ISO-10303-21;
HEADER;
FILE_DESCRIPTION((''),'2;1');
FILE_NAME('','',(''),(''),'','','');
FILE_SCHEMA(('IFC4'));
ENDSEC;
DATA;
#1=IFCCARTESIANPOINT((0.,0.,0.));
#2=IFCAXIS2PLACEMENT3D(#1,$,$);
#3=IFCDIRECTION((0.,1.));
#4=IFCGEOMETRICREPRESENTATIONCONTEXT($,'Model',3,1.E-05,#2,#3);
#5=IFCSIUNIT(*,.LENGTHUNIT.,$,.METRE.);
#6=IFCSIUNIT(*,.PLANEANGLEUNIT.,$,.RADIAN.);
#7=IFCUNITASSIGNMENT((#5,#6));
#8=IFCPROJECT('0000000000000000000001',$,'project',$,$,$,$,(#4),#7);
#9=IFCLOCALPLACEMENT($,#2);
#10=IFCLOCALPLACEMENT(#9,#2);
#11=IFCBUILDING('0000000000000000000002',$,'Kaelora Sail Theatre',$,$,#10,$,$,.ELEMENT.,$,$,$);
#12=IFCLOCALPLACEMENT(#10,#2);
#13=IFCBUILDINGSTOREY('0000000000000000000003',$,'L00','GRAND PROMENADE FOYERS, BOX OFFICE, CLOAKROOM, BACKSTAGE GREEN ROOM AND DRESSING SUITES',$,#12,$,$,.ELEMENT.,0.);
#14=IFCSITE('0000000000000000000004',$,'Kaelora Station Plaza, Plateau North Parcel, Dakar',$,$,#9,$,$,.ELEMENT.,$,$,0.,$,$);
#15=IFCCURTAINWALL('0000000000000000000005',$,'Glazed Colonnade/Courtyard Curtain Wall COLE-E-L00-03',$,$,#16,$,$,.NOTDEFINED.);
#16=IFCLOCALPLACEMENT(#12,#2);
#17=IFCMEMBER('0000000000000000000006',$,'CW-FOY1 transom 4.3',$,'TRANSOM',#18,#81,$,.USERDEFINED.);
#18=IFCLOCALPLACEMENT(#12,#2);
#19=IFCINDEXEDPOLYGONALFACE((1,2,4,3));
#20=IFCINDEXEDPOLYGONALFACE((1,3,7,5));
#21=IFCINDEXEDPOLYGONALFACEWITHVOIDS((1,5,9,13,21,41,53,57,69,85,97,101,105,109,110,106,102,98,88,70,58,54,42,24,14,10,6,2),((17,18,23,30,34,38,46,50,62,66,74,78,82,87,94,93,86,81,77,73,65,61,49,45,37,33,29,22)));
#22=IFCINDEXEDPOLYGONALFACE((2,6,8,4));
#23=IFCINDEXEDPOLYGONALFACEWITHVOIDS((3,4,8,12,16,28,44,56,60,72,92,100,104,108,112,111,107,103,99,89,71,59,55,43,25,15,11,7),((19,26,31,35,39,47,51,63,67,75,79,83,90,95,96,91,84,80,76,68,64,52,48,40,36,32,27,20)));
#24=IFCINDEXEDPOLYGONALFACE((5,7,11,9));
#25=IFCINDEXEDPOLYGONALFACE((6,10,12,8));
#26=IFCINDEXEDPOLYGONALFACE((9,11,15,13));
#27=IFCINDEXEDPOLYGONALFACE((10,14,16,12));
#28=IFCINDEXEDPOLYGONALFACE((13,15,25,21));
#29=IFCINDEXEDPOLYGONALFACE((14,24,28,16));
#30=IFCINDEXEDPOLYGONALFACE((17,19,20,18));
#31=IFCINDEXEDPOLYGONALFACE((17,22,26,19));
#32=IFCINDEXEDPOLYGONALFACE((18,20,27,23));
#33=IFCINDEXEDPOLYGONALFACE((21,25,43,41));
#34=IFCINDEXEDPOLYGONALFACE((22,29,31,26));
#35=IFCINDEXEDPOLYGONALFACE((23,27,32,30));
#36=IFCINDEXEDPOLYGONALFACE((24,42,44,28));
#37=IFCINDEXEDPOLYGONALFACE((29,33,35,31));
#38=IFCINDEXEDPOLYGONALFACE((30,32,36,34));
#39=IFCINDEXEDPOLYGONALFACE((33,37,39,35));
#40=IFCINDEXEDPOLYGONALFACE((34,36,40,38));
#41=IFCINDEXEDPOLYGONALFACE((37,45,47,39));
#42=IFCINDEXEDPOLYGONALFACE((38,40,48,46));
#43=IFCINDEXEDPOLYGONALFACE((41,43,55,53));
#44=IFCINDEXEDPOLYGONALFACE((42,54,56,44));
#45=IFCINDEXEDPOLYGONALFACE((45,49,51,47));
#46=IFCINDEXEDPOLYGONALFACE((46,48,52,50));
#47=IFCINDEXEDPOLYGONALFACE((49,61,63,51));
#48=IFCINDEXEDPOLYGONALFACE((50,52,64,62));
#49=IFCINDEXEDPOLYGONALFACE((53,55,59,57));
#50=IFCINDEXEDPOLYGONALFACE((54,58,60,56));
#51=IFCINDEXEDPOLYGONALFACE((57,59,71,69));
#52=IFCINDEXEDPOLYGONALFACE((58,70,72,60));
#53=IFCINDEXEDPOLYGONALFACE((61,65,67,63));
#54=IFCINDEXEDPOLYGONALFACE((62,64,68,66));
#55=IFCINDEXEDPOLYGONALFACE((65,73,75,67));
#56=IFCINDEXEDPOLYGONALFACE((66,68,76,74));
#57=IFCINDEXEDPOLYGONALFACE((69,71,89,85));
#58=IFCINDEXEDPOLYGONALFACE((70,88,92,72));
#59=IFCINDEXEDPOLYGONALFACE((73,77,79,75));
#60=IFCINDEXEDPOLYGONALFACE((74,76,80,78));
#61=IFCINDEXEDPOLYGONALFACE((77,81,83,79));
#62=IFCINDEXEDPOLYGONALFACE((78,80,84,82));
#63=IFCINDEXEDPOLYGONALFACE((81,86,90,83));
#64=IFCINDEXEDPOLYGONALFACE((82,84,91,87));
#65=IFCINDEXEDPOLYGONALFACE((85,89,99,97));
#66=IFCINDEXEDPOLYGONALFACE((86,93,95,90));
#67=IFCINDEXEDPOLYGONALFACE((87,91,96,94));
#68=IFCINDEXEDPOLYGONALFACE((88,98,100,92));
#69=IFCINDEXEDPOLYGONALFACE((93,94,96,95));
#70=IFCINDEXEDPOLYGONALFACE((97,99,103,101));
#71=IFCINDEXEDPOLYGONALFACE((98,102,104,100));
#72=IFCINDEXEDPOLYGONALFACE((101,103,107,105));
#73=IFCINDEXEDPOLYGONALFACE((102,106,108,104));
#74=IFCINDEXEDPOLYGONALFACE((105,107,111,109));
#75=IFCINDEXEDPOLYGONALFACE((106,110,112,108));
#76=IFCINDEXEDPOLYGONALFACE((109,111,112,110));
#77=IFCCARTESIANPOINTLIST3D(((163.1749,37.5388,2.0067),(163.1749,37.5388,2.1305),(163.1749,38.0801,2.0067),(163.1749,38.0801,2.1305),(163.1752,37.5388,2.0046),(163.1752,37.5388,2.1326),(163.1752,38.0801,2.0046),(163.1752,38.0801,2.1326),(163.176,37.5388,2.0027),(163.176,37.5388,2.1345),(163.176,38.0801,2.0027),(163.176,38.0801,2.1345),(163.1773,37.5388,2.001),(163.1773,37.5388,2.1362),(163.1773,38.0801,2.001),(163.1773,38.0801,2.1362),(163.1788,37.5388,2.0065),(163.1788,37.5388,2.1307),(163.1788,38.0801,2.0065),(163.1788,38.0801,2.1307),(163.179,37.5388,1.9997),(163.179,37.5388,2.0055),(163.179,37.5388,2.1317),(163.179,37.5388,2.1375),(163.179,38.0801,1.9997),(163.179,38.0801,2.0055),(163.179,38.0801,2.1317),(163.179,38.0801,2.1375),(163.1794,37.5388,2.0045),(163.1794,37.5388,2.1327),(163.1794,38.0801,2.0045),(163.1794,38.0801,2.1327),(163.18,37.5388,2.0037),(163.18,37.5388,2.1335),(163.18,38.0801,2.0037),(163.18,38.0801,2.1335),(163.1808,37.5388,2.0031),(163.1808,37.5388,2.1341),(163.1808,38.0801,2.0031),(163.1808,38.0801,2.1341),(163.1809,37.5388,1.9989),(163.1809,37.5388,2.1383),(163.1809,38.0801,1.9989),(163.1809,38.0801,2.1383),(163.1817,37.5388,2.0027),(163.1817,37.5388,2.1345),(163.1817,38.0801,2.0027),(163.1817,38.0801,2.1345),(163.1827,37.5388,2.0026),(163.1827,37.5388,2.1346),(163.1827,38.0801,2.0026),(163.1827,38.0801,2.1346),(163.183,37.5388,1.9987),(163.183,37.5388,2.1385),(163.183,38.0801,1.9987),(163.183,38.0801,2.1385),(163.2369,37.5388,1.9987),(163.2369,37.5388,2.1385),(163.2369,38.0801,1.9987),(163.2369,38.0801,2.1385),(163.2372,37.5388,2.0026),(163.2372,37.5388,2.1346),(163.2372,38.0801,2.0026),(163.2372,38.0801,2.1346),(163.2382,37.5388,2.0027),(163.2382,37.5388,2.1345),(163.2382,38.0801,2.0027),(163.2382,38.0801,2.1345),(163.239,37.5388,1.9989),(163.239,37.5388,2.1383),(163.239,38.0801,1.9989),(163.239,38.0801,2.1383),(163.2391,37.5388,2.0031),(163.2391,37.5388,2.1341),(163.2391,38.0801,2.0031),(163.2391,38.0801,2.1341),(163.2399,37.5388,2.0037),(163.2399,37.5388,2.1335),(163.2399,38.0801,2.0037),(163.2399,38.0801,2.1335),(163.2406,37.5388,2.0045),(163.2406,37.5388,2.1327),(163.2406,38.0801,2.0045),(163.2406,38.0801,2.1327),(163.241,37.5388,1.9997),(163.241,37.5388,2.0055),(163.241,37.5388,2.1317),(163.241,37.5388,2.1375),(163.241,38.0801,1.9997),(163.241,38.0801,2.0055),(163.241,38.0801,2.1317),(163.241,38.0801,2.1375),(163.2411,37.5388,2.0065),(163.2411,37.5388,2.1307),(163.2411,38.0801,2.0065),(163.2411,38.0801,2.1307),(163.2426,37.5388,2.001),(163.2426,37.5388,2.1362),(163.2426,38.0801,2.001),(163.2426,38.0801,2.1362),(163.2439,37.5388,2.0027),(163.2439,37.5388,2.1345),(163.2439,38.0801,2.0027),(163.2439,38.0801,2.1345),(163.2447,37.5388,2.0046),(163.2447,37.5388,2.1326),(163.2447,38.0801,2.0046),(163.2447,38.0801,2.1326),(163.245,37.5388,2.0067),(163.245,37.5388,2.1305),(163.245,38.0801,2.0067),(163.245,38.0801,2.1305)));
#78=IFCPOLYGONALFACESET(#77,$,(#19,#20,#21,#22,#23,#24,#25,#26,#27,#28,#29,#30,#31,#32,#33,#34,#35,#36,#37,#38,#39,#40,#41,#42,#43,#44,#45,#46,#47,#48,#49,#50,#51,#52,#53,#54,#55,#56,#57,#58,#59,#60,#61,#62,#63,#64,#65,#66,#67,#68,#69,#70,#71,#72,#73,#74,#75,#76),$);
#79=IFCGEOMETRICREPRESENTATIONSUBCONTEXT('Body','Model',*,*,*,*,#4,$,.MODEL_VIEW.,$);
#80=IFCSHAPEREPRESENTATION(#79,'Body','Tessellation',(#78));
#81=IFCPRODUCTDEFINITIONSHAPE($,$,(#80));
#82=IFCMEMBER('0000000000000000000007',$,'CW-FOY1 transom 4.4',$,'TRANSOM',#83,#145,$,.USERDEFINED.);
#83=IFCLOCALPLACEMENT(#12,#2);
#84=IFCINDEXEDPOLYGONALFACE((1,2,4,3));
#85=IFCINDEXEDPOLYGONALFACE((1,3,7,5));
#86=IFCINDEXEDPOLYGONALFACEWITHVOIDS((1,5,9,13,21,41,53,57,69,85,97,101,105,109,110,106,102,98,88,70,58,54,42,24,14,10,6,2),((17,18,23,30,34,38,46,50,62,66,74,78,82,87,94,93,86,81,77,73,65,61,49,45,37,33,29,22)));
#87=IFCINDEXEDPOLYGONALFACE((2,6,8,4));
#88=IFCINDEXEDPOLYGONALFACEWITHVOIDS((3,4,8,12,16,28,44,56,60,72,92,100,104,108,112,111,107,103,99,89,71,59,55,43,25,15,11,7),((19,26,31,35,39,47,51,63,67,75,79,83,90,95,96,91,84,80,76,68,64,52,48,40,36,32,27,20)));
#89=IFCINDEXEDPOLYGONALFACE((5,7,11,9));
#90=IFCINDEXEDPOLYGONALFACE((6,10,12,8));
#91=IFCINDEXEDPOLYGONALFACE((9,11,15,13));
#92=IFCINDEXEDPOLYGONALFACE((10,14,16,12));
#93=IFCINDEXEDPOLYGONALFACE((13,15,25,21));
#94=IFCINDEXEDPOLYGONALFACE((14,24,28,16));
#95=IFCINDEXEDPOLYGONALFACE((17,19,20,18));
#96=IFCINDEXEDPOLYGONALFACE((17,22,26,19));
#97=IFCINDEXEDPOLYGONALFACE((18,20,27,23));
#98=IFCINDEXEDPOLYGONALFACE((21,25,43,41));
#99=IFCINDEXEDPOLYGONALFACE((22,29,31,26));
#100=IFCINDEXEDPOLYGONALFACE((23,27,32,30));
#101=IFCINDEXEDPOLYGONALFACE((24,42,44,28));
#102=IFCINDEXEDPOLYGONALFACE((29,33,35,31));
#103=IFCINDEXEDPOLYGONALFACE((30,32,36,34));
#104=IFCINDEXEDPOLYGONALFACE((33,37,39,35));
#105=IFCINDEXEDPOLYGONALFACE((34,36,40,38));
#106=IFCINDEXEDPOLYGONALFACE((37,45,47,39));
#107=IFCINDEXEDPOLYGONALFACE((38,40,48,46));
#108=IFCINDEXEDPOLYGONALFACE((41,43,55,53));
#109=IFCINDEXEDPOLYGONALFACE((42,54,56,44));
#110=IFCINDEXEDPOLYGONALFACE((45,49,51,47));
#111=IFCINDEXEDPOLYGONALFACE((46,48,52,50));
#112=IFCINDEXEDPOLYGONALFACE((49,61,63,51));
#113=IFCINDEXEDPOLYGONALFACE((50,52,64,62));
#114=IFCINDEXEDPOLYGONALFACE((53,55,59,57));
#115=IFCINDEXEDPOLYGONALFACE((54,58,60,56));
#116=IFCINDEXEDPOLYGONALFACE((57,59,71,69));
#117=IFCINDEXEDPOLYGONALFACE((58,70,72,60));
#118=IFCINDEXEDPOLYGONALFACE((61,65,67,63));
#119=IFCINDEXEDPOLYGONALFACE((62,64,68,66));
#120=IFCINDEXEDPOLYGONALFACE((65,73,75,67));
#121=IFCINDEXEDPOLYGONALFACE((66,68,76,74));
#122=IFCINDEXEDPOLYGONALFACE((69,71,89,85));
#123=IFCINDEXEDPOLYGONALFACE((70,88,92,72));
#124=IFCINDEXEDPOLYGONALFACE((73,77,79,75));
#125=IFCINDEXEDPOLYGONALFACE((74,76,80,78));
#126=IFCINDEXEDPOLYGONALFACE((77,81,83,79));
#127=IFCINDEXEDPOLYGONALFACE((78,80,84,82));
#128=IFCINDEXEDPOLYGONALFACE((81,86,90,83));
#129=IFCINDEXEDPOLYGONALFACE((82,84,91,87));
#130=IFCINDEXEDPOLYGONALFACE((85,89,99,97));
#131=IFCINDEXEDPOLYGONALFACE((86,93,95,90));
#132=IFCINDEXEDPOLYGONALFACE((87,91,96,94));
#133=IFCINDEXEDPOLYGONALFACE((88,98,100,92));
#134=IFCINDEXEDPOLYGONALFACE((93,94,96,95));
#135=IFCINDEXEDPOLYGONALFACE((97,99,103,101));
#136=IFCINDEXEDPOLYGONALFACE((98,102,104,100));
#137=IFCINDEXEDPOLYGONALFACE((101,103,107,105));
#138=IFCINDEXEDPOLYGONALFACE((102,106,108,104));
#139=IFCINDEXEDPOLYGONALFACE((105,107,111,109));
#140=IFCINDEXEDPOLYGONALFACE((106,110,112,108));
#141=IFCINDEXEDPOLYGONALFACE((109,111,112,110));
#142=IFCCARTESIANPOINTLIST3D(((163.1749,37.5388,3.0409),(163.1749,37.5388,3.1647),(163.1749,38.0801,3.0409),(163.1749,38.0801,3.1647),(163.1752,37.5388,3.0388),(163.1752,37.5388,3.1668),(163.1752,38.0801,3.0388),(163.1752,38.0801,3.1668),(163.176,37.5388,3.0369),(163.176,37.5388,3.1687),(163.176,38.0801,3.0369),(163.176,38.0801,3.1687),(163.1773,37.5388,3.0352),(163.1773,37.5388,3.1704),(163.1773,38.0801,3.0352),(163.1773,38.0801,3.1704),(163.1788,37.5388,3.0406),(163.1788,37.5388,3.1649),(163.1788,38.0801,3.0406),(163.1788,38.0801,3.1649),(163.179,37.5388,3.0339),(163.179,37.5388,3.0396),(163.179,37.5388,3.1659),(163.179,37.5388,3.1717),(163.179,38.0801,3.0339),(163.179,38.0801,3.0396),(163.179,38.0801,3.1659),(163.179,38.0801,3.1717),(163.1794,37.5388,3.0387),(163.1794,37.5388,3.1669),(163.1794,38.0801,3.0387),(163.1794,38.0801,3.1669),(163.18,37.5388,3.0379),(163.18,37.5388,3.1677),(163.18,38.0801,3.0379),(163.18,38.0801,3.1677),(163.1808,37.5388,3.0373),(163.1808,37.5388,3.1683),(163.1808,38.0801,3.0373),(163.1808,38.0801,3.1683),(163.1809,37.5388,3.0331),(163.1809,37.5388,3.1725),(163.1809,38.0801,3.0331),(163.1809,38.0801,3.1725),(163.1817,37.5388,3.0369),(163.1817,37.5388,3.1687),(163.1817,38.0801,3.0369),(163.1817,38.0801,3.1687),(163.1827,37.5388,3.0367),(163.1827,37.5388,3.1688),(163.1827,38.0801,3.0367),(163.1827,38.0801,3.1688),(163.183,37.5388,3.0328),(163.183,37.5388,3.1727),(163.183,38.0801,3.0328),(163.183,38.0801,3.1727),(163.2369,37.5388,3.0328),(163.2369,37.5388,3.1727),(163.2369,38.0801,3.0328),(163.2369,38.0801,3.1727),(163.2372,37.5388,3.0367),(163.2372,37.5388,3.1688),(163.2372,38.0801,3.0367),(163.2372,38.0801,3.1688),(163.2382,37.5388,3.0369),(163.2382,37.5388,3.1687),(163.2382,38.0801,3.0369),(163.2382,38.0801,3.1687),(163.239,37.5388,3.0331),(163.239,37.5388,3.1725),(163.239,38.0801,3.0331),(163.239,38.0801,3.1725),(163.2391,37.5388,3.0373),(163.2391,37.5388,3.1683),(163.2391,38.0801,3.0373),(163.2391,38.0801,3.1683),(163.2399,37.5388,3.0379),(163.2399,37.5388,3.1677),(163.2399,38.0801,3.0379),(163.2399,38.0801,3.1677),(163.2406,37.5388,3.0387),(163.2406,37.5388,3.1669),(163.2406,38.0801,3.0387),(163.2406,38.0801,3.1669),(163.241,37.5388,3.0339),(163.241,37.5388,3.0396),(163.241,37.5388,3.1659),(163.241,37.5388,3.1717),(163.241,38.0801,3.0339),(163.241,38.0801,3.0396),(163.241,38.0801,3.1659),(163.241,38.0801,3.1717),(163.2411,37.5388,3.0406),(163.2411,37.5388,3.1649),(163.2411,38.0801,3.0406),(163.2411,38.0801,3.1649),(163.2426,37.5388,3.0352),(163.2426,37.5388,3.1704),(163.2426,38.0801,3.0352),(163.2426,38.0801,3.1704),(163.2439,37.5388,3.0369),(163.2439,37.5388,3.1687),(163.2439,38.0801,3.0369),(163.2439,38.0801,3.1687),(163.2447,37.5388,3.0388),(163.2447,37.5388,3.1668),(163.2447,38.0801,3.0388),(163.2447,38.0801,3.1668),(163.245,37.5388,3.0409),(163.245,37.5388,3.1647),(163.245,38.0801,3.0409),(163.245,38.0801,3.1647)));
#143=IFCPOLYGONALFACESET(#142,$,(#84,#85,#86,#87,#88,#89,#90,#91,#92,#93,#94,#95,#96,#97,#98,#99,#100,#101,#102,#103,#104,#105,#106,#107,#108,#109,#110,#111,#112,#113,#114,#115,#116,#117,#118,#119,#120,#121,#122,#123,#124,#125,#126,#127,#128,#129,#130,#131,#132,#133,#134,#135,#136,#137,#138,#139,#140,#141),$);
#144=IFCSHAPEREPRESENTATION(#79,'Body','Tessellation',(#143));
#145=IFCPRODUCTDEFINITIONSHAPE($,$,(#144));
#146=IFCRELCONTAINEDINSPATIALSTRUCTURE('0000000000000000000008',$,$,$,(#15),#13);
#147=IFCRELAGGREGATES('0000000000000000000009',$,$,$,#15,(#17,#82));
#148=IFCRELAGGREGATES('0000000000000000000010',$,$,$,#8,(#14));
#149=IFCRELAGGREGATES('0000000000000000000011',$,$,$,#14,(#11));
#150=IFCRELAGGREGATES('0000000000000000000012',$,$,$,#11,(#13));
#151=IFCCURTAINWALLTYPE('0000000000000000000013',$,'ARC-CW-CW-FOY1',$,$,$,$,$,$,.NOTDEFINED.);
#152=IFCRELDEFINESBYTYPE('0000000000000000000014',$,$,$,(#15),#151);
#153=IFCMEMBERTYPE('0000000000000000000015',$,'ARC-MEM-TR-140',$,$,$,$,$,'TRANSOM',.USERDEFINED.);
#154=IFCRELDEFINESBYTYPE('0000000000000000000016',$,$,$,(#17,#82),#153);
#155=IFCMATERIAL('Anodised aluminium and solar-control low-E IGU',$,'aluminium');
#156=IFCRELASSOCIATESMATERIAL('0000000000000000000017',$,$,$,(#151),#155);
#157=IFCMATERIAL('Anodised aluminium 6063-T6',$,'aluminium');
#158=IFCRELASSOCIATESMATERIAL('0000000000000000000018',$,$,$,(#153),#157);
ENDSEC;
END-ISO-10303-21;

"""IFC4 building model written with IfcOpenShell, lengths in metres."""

from ifc_helpers import new_model, si_unit, direction, frame, origin, origin_2d, place, context, subcontext, project, spatial, hollow_rectangle, extrude, material, material_profile, profile_set, type_object, element, aggregate, save


model = new_model("IFC4")

# Units and contexts
model_context = context("Model", 3, precision=1e-05, world=origin(), true_north=direction((0.0, 1.0)))
body_context = subcontext(model_context, "Body", "Model", "MODEL_VIEW")
ifc_project = project(units=[si_unit("LENGTHUNIT", "METRE"), si_unit("PLANEANGLEUNIT", "RADIAN")], contexts=[model_context])

# Site, building, storey
site_placement = place(None, origin())
site = spatial("IfcSite", under=ifc_project, at=site_placement, Name="Kaelora Station Plaza, Plateau North Parcel, Dakar", CompositionType="ELEMENT", RefElevation=0.0)
building_placement = place(site_placement, origin())
building = spatial("IfcBuilding", under=site, at=building_placement, Name="Kaelora Sail Theatre", CompositionType="ELEMENT")
storey_placement = place(building_placement, origin())
storey = spatial("IfcBuildingStorey", under=building, at=storey_placement, Name="L00", Description="GRAND PROMENADE FOYERS, BOX OFFICE, CLOAKROOM, BACKSTAGE GREEN ROOM AND DRESSING SUITES", CompositionType="ELEMENT", Elevation=0.0)

# Curtain wall, members
ifc_material_1 = material(Name="Anodised aluminium and solar-control low-E IGU", Category="aluminium")
curtain_wall_type = type_object("IfcCurtainWallType", Name="ARC-CW-CW-FOY1", PredefinedType="NOTDEFINED", material=ifc_material_1)
curtain_wall_placement = place(storey_placement, origin())
curtain_wall = element("IfcCurtainWall", 1, at=curtain_wall_placement, inside=storey, type_object=curtain_wall_type, Name="Glazed Colonnade/Courtyard Curtain Wall COLE-E-L00-03", PredefinedType="NOTDEFINED")
ifc_material_2 = material(Name="Anodised aluminium 6063-T6", Category="aluminium")
ifc_material_profile_1 = material_profile(ifc_material_2, hollow_rectangle(XDim=0.0701, YDim=0.1399, WallThickness=0.0039, InnerFilletRadius=0.0039, OuterFilletRadius=0.0081, at=origin_2d()), Name="ALU-TRAN 70x140x4")
ifc_profile_set_1 = profile_set([ifc_material_profile_1], Name="Anodised aluminium 6063-T6")
member_type_1 = type_object("IfcMemberType", Name="ARC-MEM-TR-140", ElementType="TRANSOM", PredefinedType="USERDEFINED", material=ifc_profile_set_1)
member_1_placement = place(storey_placement, frame((163.21, 37.5388, 2.0686), z_axis=(0.0, 1.0, 0.0), x_axis=(-1.0, 0.0, 0.0)))
member_1 = element("IfcMember", 2, at=member_1_placement, type_object=member_type_1, Name="CW-FOY1 transom 4.3", ObjectType="TRANSOM", PredefinedType="USERDEFINED", context=body_context, shape_type="SweptSolid", body=[
    extrude(hollow_rectangle(XDim=0.0701, YDim=0.1399, WallThickness=0.0039, InnerFilletRadius=0.0039, OuterFilletRadius=0.0081, at=origin_2d()), origin(), (0.0, 0.0, 1.0), 0.5413),
])
member_2_placement = place(storey_placement, frame((163.21, 37.5388, 3.1028), z_axis=(0.0, 1.0, 0.0), x_axis=(-1.0, 0.0, 0.0)))
member_2 = element("IfcMember", 3, at=member_2_placement, type_object=member_type_1, Name="CW-FOY1 transom 4.4", ObjectType="TRANSOM", PredefinedType="USERDEFINED", context=body_context, shape_type="SweptSolid", body=[
    extrude(hollow_rectangle(XDim=0.0701, YDim=0.1399, WallThickness=0.0039, InnerFilletRadius=0.0039, OuterFilletRadius=0.0081, at=origin_2d()), origin(), (0.0, 0.0, 1.0), 0.5413),
])
aggregate(curtain_wall, [member_1, member_2])

save(model, "model.ifc")
